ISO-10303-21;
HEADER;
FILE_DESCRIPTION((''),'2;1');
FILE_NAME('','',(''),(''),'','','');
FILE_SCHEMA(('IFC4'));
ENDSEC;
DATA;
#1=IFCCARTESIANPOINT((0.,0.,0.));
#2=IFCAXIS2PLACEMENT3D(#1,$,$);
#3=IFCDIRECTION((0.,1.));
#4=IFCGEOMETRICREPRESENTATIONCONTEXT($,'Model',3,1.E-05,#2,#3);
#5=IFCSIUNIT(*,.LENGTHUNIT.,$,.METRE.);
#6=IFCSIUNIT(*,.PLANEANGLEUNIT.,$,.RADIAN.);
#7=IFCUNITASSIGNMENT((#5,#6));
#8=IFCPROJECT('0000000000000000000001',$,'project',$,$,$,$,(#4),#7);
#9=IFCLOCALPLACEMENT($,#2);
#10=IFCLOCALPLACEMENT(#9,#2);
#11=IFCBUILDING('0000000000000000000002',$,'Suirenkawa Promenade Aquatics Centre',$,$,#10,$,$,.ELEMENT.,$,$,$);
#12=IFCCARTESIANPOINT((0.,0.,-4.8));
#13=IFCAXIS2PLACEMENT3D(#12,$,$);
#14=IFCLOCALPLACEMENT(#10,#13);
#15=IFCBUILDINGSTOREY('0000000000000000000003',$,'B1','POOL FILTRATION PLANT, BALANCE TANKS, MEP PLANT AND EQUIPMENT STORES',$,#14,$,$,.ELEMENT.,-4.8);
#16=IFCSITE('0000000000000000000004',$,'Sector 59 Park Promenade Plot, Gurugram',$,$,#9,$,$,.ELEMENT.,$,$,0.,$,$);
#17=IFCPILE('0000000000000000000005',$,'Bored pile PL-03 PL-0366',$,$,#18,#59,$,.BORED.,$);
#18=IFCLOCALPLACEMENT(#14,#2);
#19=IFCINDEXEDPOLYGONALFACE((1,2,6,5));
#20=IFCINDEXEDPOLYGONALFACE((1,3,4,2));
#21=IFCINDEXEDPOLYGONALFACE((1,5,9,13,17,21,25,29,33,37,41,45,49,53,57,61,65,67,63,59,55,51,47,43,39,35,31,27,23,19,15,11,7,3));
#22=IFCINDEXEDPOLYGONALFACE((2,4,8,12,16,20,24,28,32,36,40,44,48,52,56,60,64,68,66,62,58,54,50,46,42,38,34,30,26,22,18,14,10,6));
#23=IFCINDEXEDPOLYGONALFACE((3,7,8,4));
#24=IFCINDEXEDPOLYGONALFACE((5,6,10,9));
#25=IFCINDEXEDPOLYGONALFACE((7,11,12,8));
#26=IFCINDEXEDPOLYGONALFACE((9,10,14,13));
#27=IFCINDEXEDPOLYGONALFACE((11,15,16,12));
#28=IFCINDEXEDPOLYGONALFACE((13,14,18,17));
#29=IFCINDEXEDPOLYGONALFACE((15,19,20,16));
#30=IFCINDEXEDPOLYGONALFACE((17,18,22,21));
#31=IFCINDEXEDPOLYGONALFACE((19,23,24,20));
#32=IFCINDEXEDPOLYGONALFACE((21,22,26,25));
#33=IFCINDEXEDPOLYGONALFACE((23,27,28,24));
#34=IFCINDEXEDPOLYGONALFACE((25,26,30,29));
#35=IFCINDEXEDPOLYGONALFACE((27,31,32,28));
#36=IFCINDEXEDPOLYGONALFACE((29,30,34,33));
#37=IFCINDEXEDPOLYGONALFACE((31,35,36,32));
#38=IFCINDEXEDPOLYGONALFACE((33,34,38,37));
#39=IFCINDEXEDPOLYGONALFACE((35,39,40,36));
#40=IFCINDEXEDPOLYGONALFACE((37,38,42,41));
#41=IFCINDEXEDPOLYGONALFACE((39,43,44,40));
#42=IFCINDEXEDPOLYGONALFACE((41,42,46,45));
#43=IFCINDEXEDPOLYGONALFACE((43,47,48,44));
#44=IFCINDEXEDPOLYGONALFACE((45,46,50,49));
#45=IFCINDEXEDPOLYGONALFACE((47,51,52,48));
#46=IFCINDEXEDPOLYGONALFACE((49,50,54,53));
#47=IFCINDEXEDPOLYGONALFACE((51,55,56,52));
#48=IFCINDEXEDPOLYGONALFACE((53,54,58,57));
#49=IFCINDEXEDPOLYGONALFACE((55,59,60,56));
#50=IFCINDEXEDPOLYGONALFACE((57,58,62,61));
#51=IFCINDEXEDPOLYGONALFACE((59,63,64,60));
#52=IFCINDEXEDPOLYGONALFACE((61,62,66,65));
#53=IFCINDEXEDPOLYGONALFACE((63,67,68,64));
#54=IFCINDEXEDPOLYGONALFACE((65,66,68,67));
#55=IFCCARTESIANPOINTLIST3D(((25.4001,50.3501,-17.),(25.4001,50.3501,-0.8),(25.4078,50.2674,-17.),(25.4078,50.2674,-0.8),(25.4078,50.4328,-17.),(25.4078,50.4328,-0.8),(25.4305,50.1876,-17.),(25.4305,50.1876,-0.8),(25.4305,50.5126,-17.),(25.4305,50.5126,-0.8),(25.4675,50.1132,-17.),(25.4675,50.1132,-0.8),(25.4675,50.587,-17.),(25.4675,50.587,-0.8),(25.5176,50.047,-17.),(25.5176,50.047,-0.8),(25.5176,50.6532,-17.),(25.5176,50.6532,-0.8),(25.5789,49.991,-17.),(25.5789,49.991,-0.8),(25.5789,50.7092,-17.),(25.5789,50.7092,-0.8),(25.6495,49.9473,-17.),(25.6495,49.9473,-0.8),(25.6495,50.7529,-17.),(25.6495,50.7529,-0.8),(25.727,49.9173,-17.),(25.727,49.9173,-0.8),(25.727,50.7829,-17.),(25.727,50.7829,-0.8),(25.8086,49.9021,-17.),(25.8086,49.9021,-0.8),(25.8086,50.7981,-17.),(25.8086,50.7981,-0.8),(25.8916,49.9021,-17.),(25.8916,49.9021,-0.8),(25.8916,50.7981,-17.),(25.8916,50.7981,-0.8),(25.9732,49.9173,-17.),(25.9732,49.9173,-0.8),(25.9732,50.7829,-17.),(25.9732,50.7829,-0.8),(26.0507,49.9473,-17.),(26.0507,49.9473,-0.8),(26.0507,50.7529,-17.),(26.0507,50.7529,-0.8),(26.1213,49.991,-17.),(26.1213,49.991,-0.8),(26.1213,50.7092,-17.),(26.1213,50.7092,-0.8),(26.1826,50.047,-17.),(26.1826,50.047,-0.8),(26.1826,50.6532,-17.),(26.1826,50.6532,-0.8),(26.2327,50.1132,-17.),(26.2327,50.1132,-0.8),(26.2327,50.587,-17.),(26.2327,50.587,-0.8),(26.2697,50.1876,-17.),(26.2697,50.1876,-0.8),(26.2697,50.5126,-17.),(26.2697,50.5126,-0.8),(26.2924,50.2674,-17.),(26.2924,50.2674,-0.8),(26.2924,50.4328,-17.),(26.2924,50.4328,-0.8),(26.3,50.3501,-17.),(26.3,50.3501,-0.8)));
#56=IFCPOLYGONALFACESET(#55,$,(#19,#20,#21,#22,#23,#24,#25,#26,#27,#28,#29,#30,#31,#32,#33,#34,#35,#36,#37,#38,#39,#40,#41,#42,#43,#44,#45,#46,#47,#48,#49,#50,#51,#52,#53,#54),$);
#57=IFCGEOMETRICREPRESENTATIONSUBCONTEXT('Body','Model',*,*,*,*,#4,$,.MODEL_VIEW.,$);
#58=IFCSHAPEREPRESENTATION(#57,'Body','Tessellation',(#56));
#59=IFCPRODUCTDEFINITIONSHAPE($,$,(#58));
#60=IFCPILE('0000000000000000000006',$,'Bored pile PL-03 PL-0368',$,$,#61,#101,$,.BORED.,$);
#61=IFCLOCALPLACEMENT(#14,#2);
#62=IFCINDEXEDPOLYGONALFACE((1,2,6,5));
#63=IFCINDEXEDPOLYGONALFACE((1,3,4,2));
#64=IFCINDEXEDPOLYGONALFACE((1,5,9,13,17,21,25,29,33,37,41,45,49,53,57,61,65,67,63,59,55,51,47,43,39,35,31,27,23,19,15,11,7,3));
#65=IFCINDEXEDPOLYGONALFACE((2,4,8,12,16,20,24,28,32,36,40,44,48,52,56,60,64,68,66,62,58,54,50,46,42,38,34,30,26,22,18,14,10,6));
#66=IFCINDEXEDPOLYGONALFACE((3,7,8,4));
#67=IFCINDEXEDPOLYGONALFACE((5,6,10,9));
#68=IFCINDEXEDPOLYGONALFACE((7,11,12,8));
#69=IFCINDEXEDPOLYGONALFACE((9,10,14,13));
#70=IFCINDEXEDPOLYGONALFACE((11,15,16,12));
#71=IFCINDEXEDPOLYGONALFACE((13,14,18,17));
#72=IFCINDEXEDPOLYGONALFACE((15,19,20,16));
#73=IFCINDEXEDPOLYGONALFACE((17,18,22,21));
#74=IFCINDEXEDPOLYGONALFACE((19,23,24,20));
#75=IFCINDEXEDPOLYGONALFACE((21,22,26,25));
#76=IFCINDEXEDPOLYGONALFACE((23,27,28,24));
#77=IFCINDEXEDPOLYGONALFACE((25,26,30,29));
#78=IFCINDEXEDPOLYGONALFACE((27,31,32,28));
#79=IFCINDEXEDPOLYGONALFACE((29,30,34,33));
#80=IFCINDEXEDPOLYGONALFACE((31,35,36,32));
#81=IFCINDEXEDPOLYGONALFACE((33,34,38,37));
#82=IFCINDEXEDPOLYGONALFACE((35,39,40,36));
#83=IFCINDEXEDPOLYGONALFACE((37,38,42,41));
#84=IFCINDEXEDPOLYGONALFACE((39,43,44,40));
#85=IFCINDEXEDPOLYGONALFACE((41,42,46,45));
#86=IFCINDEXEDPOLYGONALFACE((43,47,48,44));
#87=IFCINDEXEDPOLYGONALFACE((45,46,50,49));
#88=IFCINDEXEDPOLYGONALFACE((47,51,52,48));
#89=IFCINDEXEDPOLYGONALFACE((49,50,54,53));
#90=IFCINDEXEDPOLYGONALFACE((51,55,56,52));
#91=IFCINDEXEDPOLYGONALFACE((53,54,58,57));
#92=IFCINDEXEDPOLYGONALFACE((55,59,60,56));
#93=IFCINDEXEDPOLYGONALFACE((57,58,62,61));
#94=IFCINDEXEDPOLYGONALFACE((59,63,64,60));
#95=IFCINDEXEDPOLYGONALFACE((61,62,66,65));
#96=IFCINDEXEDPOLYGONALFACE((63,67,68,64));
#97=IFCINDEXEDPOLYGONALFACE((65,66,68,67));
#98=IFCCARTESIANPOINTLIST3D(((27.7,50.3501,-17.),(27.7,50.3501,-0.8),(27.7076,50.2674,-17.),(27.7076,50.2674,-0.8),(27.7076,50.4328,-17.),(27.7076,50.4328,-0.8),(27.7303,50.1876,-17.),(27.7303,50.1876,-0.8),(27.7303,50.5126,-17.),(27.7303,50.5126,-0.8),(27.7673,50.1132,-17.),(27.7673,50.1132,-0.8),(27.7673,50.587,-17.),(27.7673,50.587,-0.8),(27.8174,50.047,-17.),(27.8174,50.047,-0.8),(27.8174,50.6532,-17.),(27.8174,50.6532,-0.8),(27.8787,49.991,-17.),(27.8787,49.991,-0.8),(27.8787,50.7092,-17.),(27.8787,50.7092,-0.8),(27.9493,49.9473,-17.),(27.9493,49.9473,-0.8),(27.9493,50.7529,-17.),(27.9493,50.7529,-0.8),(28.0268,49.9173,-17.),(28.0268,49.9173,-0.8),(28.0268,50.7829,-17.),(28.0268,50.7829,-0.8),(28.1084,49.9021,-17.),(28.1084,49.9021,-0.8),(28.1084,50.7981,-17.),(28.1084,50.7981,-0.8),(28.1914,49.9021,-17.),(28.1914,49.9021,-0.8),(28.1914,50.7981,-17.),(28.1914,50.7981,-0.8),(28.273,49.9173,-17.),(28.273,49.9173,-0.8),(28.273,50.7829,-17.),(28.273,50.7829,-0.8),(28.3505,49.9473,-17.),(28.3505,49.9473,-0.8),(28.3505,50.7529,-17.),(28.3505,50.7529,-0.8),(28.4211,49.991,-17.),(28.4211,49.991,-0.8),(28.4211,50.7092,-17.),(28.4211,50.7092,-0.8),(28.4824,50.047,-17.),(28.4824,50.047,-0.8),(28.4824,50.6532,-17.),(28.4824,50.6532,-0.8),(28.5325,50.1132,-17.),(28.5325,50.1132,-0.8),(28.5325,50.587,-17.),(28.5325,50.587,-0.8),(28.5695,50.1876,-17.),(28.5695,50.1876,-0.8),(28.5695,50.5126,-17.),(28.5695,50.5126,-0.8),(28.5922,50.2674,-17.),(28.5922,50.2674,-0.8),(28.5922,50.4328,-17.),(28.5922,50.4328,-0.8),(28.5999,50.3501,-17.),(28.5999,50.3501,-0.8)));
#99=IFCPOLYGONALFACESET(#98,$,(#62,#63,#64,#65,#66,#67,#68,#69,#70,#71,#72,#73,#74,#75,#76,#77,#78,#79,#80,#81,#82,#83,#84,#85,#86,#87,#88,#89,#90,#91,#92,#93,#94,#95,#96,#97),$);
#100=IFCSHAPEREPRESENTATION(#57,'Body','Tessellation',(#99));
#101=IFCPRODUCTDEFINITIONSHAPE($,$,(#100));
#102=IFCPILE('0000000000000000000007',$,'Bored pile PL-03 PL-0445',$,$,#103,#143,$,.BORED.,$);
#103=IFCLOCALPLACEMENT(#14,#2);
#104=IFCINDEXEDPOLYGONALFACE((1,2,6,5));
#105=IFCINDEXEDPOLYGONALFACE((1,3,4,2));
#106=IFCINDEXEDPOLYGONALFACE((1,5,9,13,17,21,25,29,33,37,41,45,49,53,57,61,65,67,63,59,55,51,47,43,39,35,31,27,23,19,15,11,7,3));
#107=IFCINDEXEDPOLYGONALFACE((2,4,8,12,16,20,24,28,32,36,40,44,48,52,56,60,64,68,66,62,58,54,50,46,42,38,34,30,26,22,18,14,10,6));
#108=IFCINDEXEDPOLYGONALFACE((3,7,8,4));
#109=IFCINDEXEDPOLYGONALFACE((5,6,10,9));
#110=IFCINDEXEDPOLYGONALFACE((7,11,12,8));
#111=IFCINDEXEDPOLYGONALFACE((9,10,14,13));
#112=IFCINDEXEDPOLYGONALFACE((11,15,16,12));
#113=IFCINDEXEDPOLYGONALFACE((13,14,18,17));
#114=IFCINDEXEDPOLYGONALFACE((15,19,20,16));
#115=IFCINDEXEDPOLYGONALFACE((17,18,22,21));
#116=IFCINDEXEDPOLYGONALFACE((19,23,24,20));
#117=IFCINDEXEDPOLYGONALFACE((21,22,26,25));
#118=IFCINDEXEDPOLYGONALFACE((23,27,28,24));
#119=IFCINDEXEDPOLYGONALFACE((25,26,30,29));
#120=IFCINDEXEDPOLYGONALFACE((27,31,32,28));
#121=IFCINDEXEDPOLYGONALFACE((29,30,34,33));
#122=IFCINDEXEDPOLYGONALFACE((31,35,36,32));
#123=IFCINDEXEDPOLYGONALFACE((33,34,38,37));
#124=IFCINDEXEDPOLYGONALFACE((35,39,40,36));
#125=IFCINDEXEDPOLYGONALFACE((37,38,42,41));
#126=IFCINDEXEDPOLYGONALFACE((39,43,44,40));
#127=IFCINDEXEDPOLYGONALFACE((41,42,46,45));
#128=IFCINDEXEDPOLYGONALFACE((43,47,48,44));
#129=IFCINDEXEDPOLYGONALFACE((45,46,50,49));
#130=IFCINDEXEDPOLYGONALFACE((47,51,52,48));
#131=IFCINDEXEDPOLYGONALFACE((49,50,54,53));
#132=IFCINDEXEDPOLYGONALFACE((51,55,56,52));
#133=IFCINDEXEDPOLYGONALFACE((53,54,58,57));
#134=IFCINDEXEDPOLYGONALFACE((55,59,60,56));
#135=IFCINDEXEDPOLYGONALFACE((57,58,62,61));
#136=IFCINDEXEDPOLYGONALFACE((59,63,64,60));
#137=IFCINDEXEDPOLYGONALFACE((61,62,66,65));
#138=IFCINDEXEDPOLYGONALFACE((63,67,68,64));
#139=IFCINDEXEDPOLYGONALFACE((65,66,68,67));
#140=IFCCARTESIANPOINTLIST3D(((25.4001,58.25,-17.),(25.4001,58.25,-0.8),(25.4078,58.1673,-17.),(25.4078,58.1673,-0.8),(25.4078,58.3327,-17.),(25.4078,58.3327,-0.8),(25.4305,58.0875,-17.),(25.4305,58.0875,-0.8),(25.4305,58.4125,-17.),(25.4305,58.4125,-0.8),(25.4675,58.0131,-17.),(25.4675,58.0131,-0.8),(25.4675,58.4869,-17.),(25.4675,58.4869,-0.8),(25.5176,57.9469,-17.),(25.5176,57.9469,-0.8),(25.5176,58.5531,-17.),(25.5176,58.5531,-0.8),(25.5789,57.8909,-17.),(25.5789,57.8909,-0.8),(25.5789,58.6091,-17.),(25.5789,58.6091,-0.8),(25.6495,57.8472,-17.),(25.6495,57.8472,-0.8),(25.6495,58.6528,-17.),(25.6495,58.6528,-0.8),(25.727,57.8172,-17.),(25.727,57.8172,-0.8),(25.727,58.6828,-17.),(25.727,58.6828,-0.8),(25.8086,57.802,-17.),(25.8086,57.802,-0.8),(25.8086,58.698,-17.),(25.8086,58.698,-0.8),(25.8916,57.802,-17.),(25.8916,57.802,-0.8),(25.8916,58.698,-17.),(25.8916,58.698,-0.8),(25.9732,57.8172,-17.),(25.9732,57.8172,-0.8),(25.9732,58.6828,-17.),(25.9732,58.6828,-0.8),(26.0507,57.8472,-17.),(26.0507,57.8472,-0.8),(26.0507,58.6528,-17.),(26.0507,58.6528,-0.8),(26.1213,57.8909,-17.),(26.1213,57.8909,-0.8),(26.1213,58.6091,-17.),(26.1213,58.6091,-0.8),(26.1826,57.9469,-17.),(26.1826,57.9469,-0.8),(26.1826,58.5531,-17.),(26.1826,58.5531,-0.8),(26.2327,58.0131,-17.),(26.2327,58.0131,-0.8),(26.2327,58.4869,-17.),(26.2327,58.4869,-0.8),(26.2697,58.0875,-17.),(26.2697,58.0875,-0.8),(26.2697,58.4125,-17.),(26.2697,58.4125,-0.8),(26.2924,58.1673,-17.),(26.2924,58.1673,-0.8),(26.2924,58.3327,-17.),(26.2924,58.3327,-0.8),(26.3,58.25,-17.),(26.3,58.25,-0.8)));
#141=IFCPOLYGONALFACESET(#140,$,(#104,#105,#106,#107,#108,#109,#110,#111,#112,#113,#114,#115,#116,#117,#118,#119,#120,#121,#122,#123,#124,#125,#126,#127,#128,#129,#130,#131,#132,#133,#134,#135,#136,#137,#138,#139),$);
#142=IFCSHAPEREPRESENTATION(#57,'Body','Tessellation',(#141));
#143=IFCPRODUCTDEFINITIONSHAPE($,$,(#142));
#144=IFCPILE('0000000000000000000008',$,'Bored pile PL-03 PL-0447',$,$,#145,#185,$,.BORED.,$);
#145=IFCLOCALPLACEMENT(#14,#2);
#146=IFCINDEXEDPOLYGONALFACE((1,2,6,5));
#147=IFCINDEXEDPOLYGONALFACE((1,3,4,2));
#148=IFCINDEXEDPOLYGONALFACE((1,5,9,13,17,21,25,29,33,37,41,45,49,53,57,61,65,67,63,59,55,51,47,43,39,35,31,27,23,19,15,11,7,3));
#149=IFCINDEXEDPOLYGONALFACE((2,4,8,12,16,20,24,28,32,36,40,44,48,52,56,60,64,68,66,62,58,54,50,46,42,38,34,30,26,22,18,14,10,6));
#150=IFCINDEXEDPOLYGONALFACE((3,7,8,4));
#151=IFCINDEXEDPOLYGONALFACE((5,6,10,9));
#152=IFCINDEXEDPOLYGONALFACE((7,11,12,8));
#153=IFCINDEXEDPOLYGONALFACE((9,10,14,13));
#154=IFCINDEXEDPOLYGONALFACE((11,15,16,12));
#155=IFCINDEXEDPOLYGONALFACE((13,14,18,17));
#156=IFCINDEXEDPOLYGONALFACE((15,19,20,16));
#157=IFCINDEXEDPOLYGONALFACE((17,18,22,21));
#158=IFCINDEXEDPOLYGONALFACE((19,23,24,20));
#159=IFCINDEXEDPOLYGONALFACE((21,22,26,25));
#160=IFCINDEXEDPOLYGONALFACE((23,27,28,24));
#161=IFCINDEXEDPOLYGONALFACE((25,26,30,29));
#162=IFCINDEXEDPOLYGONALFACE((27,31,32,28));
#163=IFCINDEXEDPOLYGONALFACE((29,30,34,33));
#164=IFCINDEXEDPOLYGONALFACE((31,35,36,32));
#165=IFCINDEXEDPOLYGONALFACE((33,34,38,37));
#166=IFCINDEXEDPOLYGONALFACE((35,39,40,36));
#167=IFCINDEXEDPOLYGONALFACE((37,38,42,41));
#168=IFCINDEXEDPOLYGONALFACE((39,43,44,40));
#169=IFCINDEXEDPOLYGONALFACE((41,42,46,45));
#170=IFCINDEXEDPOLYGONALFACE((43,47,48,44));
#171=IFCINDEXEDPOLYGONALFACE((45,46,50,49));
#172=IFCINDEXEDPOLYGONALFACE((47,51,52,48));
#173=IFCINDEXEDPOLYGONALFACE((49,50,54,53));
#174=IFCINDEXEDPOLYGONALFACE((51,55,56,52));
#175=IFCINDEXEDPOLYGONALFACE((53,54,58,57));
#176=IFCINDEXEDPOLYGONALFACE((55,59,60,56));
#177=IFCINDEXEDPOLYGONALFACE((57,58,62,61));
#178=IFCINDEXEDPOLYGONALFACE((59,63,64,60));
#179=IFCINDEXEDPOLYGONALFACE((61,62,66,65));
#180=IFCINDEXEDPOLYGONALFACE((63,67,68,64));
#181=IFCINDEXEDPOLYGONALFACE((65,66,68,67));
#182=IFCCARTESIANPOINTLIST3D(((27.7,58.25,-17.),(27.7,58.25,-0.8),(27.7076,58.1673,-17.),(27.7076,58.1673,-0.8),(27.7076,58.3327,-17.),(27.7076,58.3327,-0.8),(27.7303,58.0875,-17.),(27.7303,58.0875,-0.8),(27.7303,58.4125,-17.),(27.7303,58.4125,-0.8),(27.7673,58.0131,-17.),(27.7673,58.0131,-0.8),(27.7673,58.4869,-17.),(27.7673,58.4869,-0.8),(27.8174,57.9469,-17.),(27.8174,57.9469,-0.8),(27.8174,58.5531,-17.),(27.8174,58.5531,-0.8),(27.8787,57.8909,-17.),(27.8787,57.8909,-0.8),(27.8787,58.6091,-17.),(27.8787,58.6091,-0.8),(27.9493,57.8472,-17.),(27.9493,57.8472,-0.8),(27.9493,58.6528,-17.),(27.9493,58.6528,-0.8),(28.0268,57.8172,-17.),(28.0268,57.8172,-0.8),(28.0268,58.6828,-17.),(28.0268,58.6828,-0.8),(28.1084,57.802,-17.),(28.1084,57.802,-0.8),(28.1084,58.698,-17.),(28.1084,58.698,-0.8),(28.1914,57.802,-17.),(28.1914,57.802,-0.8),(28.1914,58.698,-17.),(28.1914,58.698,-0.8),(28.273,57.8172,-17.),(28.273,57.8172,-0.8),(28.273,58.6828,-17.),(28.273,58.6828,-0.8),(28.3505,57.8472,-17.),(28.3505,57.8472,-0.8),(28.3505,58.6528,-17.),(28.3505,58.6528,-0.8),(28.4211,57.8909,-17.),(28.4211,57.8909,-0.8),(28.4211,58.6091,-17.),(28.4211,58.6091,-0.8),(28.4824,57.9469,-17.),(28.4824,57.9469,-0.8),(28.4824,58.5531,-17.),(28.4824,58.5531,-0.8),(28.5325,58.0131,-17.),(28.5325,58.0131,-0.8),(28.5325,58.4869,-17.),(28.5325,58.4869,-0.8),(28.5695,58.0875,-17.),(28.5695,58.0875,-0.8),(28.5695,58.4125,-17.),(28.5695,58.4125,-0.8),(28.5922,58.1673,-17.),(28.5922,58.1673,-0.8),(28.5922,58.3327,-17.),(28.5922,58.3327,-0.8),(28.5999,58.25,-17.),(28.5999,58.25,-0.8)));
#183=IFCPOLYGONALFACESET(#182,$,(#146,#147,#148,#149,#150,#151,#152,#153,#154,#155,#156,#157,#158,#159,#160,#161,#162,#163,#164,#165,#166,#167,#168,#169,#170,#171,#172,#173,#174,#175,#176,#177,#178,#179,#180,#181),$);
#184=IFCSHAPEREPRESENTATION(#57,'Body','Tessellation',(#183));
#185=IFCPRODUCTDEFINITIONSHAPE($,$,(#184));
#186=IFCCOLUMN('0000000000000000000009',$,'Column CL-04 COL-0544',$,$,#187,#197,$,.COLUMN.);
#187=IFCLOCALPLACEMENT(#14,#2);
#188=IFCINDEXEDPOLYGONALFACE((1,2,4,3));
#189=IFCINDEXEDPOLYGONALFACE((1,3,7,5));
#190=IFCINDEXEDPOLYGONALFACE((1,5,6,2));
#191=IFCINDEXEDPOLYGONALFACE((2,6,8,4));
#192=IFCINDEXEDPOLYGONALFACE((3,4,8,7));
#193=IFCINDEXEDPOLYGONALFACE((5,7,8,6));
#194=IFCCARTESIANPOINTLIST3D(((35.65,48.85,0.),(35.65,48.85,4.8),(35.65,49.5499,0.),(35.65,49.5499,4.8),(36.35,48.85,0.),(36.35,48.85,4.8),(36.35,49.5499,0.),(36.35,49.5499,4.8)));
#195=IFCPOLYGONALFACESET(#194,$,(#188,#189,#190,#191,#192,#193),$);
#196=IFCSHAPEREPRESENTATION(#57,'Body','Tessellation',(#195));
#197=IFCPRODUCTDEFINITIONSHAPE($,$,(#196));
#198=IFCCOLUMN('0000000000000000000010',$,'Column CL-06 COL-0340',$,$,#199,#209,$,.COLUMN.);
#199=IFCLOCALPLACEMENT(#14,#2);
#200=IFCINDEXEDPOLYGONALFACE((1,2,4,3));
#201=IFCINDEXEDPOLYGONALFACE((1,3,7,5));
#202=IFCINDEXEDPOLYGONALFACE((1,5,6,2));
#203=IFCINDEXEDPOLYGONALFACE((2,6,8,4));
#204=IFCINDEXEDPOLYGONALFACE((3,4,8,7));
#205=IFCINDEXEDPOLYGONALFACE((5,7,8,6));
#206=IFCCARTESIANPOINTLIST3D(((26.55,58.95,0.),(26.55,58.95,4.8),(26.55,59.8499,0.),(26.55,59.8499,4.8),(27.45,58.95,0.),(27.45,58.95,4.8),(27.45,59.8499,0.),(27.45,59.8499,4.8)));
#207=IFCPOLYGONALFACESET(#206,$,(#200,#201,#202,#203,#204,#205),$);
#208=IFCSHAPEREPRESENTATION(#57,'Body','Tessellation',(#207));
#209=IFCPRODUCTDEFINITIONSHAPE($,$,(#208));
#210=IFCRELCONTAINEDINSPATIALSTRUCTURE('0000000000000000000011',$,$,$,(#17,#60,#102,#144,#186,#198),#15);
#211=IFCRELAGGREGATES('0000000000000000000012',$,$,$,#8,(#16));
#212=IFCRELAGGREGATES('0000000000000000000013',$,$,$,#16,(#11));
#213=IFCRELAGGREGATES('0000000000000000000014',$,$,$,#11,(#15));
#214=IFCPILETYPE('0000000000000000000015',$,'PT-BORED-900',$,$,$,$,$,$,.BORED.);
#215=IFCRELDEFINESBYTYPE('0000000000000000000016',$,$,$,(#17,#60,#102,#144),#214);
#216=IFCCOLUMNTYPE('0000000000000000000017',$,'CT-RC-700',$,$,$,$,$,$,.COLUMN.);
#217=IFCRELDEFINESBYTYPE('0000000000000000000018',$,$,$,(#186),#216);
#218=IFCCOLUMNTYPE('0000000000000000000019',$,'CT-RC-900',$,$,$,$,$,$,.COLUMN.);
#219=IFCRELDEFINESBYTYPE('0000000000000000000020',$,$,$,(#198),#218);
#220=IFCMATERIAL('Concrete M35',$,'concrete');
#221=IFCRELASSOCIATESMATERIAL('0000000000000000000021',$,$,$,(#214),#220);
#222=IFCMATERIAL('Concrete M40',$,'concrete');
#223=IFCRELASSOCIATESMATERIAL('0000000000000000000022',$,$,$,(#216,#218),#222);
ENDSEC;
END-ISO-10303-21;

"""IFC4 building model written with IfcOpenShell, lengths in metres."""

from ifc_helpers import new_model, si_unit, direction, frame, origin, origin_2d, place, context, subcontext, project, spatial, rectangle, circle, extrude, material, material_profile, profile_set, type_object, element, save


model = new_model("IFC4")

# Units and contexts
model_context = context("Model", 3, precision=1e-05, world=origin(), true_north=direction((0.0, 1.0)))
body_context = subcontext(model_context, "Body", "Model", "MODEL_VIEW")
ifc_project = project(units=[si_unit("LENGTHUNIT", "METRE"), si_unit("PLANEANGLEUNIT", "RADIAN")], contexts=[model_context])

# Site, building, storey
site_placement = place(None, origin())
site = spatial("IfcSite", under=ifc_project, at=site_placement, Name="Sector 59 Park Promenade Plot, Gurugram", CompositionType="ELEMENT", RefElevation=0.0)
building_placement = place(site_placement, origin())
building = spatial("IfcBuilding", under=site, at=building_placement, Name="Suirenkawa Promenade Aquatics Centre", CompositionType="ELEMENT")
storey_placement = place(building_placement, frame((0.0, 0.0, -4.8)))
storey = spatial("IfcBuildingStorey", under=building, at=storey_placement, Name="B1", Description="POOL FILTRATION PLANT, BALANCE TANKS, MEP PLANT AND EQUIPMENT STORES", CompositionType="ELEMENT", Elevation=-4.8)

# Shared definitions
ifc_material_1 = material(Name="Concrete M35", Category="concrete")

# Piles
ifc_material_profile_1 = material_profile(ifc_material_1, circle(Radius=0.45, at=origin_2d()), Name="PILE D900", Category="concrete")
ifc_profile_set_1 = profile_set([ifc_material_profile_1], Name="Concrete M35")
pile_type_1 = type_object("IfcPileType", Name="PT-BORED-900", PredefinedType="BORED", material=ifc_profile_set_1)
for number, where, z_axis, x_axis, name in (
    (1, (25.8501, 50.3501, -0.8), (0.0, 0.0, -1.0), (1.0, 0.0, 0.0), "Bored pile PL-03 PL-0366"),
    (2, (28.1499, 50.3501, -0.8), (0.0, 0.0, -1.0), (1.0, 0.0, 0.0), "Bored pile PL-03 PL-0368"),
    (3, (25.8501, 58.25, -0.8), (0.0, 0.0, -1.0), (1.0, 0.0, 0.0), "Bored pile PL-03 PL-0445"),
    (4, (28.1499, 58.25, -0.8), (0.0, 0.0, -1.0), (1.0, 0.0, 0.0), "Bored pile PL-03 PL-0447"),
):
    element("IfcPile", number, at=place(storey_placement, frame(where, z_axis=z_axis, x_axis=x_axis)), inside=storey, type_object=pile_type_1, Name=name, PredefinedType="BORED", context=body_context, shape_type="SweptSolid", body=[
        extrude(circle(Radius=0.45, at=origin_2d()), origin(), (0.0, 0.0, 1.0), 16.2),
    ])

# Columns
ifc_material_2 = material(Name="Concrete M40", Category="concrete")
ifc_material_profile_2 = material_profile(ifc_material_2, rectangle(XDim=0.7, YDim=0.7, at=origin_2d()), Name="RC COL 700x700", Category="concrete")
ifc_profile_set_2 = profile_set([ifc_material_profile_2], Name="Concrete M40")
column_type_1 = type_object("IfcColumnType", Name="CT-RC-700", PredefinedType="COLUMN", material=ifc_profile_set_2)
column_1_placement = place(storey_placement, frame((36.0, 49.2, 0.0), z_axis=(0.0, 0.0, 1.0), x_axis=(1.0, 0.0, 0.0)))
element("IfcColumn", 5, at=column_1_placement, inside=storey, type_object=column_type_1, Name="Column CL-04 COL-0544", PredefinedType="COLUMN", context=body_context, shape_type="SweptSolid", body=[
    extrude(rectangle(XDim=0.7, YDim=0.7, at=origin_2d()), origin(), (0.0, 0.0, 1.0), 4.8),
])
ifc_material_profile_3 = material_profile(ifc_material_2, rectangle(XDim=0.8999, YDim=0.8999, at=origin_2d()), Name="RC COL 900x900", Category="concrete")
ifc_profile_set_3 = profile_set([ifc_material_profile_3], Name="Concrete M40")
column_type_2 = type_object("IfcColumnType", Name="CT-RC-900", PredefinedType="COLUMN", material=ifc_profile_set_3)
column_2_placement = place(storey_placement, frame((27.0, 59.3999, 0.0), z_axis=(0.0, 0.0, 1.0), x_axis=(1.0, 0.0, 0.0)))
element("IfcColumn", 6, at=column_2_placement, inside=storey, type_object=column_type_2, Name="Column CL-06 COL-0340", PredefinedType="COLUMN", context=body_context, shape_type="SweptSolid", body=[
    extrude(rectangle(XDim=0.8999, YDim=0.8999, at=origin_2d()), origin(), (0.0, 0.0, 1.0), 4.8),
])

save(model, "model.ifc")
